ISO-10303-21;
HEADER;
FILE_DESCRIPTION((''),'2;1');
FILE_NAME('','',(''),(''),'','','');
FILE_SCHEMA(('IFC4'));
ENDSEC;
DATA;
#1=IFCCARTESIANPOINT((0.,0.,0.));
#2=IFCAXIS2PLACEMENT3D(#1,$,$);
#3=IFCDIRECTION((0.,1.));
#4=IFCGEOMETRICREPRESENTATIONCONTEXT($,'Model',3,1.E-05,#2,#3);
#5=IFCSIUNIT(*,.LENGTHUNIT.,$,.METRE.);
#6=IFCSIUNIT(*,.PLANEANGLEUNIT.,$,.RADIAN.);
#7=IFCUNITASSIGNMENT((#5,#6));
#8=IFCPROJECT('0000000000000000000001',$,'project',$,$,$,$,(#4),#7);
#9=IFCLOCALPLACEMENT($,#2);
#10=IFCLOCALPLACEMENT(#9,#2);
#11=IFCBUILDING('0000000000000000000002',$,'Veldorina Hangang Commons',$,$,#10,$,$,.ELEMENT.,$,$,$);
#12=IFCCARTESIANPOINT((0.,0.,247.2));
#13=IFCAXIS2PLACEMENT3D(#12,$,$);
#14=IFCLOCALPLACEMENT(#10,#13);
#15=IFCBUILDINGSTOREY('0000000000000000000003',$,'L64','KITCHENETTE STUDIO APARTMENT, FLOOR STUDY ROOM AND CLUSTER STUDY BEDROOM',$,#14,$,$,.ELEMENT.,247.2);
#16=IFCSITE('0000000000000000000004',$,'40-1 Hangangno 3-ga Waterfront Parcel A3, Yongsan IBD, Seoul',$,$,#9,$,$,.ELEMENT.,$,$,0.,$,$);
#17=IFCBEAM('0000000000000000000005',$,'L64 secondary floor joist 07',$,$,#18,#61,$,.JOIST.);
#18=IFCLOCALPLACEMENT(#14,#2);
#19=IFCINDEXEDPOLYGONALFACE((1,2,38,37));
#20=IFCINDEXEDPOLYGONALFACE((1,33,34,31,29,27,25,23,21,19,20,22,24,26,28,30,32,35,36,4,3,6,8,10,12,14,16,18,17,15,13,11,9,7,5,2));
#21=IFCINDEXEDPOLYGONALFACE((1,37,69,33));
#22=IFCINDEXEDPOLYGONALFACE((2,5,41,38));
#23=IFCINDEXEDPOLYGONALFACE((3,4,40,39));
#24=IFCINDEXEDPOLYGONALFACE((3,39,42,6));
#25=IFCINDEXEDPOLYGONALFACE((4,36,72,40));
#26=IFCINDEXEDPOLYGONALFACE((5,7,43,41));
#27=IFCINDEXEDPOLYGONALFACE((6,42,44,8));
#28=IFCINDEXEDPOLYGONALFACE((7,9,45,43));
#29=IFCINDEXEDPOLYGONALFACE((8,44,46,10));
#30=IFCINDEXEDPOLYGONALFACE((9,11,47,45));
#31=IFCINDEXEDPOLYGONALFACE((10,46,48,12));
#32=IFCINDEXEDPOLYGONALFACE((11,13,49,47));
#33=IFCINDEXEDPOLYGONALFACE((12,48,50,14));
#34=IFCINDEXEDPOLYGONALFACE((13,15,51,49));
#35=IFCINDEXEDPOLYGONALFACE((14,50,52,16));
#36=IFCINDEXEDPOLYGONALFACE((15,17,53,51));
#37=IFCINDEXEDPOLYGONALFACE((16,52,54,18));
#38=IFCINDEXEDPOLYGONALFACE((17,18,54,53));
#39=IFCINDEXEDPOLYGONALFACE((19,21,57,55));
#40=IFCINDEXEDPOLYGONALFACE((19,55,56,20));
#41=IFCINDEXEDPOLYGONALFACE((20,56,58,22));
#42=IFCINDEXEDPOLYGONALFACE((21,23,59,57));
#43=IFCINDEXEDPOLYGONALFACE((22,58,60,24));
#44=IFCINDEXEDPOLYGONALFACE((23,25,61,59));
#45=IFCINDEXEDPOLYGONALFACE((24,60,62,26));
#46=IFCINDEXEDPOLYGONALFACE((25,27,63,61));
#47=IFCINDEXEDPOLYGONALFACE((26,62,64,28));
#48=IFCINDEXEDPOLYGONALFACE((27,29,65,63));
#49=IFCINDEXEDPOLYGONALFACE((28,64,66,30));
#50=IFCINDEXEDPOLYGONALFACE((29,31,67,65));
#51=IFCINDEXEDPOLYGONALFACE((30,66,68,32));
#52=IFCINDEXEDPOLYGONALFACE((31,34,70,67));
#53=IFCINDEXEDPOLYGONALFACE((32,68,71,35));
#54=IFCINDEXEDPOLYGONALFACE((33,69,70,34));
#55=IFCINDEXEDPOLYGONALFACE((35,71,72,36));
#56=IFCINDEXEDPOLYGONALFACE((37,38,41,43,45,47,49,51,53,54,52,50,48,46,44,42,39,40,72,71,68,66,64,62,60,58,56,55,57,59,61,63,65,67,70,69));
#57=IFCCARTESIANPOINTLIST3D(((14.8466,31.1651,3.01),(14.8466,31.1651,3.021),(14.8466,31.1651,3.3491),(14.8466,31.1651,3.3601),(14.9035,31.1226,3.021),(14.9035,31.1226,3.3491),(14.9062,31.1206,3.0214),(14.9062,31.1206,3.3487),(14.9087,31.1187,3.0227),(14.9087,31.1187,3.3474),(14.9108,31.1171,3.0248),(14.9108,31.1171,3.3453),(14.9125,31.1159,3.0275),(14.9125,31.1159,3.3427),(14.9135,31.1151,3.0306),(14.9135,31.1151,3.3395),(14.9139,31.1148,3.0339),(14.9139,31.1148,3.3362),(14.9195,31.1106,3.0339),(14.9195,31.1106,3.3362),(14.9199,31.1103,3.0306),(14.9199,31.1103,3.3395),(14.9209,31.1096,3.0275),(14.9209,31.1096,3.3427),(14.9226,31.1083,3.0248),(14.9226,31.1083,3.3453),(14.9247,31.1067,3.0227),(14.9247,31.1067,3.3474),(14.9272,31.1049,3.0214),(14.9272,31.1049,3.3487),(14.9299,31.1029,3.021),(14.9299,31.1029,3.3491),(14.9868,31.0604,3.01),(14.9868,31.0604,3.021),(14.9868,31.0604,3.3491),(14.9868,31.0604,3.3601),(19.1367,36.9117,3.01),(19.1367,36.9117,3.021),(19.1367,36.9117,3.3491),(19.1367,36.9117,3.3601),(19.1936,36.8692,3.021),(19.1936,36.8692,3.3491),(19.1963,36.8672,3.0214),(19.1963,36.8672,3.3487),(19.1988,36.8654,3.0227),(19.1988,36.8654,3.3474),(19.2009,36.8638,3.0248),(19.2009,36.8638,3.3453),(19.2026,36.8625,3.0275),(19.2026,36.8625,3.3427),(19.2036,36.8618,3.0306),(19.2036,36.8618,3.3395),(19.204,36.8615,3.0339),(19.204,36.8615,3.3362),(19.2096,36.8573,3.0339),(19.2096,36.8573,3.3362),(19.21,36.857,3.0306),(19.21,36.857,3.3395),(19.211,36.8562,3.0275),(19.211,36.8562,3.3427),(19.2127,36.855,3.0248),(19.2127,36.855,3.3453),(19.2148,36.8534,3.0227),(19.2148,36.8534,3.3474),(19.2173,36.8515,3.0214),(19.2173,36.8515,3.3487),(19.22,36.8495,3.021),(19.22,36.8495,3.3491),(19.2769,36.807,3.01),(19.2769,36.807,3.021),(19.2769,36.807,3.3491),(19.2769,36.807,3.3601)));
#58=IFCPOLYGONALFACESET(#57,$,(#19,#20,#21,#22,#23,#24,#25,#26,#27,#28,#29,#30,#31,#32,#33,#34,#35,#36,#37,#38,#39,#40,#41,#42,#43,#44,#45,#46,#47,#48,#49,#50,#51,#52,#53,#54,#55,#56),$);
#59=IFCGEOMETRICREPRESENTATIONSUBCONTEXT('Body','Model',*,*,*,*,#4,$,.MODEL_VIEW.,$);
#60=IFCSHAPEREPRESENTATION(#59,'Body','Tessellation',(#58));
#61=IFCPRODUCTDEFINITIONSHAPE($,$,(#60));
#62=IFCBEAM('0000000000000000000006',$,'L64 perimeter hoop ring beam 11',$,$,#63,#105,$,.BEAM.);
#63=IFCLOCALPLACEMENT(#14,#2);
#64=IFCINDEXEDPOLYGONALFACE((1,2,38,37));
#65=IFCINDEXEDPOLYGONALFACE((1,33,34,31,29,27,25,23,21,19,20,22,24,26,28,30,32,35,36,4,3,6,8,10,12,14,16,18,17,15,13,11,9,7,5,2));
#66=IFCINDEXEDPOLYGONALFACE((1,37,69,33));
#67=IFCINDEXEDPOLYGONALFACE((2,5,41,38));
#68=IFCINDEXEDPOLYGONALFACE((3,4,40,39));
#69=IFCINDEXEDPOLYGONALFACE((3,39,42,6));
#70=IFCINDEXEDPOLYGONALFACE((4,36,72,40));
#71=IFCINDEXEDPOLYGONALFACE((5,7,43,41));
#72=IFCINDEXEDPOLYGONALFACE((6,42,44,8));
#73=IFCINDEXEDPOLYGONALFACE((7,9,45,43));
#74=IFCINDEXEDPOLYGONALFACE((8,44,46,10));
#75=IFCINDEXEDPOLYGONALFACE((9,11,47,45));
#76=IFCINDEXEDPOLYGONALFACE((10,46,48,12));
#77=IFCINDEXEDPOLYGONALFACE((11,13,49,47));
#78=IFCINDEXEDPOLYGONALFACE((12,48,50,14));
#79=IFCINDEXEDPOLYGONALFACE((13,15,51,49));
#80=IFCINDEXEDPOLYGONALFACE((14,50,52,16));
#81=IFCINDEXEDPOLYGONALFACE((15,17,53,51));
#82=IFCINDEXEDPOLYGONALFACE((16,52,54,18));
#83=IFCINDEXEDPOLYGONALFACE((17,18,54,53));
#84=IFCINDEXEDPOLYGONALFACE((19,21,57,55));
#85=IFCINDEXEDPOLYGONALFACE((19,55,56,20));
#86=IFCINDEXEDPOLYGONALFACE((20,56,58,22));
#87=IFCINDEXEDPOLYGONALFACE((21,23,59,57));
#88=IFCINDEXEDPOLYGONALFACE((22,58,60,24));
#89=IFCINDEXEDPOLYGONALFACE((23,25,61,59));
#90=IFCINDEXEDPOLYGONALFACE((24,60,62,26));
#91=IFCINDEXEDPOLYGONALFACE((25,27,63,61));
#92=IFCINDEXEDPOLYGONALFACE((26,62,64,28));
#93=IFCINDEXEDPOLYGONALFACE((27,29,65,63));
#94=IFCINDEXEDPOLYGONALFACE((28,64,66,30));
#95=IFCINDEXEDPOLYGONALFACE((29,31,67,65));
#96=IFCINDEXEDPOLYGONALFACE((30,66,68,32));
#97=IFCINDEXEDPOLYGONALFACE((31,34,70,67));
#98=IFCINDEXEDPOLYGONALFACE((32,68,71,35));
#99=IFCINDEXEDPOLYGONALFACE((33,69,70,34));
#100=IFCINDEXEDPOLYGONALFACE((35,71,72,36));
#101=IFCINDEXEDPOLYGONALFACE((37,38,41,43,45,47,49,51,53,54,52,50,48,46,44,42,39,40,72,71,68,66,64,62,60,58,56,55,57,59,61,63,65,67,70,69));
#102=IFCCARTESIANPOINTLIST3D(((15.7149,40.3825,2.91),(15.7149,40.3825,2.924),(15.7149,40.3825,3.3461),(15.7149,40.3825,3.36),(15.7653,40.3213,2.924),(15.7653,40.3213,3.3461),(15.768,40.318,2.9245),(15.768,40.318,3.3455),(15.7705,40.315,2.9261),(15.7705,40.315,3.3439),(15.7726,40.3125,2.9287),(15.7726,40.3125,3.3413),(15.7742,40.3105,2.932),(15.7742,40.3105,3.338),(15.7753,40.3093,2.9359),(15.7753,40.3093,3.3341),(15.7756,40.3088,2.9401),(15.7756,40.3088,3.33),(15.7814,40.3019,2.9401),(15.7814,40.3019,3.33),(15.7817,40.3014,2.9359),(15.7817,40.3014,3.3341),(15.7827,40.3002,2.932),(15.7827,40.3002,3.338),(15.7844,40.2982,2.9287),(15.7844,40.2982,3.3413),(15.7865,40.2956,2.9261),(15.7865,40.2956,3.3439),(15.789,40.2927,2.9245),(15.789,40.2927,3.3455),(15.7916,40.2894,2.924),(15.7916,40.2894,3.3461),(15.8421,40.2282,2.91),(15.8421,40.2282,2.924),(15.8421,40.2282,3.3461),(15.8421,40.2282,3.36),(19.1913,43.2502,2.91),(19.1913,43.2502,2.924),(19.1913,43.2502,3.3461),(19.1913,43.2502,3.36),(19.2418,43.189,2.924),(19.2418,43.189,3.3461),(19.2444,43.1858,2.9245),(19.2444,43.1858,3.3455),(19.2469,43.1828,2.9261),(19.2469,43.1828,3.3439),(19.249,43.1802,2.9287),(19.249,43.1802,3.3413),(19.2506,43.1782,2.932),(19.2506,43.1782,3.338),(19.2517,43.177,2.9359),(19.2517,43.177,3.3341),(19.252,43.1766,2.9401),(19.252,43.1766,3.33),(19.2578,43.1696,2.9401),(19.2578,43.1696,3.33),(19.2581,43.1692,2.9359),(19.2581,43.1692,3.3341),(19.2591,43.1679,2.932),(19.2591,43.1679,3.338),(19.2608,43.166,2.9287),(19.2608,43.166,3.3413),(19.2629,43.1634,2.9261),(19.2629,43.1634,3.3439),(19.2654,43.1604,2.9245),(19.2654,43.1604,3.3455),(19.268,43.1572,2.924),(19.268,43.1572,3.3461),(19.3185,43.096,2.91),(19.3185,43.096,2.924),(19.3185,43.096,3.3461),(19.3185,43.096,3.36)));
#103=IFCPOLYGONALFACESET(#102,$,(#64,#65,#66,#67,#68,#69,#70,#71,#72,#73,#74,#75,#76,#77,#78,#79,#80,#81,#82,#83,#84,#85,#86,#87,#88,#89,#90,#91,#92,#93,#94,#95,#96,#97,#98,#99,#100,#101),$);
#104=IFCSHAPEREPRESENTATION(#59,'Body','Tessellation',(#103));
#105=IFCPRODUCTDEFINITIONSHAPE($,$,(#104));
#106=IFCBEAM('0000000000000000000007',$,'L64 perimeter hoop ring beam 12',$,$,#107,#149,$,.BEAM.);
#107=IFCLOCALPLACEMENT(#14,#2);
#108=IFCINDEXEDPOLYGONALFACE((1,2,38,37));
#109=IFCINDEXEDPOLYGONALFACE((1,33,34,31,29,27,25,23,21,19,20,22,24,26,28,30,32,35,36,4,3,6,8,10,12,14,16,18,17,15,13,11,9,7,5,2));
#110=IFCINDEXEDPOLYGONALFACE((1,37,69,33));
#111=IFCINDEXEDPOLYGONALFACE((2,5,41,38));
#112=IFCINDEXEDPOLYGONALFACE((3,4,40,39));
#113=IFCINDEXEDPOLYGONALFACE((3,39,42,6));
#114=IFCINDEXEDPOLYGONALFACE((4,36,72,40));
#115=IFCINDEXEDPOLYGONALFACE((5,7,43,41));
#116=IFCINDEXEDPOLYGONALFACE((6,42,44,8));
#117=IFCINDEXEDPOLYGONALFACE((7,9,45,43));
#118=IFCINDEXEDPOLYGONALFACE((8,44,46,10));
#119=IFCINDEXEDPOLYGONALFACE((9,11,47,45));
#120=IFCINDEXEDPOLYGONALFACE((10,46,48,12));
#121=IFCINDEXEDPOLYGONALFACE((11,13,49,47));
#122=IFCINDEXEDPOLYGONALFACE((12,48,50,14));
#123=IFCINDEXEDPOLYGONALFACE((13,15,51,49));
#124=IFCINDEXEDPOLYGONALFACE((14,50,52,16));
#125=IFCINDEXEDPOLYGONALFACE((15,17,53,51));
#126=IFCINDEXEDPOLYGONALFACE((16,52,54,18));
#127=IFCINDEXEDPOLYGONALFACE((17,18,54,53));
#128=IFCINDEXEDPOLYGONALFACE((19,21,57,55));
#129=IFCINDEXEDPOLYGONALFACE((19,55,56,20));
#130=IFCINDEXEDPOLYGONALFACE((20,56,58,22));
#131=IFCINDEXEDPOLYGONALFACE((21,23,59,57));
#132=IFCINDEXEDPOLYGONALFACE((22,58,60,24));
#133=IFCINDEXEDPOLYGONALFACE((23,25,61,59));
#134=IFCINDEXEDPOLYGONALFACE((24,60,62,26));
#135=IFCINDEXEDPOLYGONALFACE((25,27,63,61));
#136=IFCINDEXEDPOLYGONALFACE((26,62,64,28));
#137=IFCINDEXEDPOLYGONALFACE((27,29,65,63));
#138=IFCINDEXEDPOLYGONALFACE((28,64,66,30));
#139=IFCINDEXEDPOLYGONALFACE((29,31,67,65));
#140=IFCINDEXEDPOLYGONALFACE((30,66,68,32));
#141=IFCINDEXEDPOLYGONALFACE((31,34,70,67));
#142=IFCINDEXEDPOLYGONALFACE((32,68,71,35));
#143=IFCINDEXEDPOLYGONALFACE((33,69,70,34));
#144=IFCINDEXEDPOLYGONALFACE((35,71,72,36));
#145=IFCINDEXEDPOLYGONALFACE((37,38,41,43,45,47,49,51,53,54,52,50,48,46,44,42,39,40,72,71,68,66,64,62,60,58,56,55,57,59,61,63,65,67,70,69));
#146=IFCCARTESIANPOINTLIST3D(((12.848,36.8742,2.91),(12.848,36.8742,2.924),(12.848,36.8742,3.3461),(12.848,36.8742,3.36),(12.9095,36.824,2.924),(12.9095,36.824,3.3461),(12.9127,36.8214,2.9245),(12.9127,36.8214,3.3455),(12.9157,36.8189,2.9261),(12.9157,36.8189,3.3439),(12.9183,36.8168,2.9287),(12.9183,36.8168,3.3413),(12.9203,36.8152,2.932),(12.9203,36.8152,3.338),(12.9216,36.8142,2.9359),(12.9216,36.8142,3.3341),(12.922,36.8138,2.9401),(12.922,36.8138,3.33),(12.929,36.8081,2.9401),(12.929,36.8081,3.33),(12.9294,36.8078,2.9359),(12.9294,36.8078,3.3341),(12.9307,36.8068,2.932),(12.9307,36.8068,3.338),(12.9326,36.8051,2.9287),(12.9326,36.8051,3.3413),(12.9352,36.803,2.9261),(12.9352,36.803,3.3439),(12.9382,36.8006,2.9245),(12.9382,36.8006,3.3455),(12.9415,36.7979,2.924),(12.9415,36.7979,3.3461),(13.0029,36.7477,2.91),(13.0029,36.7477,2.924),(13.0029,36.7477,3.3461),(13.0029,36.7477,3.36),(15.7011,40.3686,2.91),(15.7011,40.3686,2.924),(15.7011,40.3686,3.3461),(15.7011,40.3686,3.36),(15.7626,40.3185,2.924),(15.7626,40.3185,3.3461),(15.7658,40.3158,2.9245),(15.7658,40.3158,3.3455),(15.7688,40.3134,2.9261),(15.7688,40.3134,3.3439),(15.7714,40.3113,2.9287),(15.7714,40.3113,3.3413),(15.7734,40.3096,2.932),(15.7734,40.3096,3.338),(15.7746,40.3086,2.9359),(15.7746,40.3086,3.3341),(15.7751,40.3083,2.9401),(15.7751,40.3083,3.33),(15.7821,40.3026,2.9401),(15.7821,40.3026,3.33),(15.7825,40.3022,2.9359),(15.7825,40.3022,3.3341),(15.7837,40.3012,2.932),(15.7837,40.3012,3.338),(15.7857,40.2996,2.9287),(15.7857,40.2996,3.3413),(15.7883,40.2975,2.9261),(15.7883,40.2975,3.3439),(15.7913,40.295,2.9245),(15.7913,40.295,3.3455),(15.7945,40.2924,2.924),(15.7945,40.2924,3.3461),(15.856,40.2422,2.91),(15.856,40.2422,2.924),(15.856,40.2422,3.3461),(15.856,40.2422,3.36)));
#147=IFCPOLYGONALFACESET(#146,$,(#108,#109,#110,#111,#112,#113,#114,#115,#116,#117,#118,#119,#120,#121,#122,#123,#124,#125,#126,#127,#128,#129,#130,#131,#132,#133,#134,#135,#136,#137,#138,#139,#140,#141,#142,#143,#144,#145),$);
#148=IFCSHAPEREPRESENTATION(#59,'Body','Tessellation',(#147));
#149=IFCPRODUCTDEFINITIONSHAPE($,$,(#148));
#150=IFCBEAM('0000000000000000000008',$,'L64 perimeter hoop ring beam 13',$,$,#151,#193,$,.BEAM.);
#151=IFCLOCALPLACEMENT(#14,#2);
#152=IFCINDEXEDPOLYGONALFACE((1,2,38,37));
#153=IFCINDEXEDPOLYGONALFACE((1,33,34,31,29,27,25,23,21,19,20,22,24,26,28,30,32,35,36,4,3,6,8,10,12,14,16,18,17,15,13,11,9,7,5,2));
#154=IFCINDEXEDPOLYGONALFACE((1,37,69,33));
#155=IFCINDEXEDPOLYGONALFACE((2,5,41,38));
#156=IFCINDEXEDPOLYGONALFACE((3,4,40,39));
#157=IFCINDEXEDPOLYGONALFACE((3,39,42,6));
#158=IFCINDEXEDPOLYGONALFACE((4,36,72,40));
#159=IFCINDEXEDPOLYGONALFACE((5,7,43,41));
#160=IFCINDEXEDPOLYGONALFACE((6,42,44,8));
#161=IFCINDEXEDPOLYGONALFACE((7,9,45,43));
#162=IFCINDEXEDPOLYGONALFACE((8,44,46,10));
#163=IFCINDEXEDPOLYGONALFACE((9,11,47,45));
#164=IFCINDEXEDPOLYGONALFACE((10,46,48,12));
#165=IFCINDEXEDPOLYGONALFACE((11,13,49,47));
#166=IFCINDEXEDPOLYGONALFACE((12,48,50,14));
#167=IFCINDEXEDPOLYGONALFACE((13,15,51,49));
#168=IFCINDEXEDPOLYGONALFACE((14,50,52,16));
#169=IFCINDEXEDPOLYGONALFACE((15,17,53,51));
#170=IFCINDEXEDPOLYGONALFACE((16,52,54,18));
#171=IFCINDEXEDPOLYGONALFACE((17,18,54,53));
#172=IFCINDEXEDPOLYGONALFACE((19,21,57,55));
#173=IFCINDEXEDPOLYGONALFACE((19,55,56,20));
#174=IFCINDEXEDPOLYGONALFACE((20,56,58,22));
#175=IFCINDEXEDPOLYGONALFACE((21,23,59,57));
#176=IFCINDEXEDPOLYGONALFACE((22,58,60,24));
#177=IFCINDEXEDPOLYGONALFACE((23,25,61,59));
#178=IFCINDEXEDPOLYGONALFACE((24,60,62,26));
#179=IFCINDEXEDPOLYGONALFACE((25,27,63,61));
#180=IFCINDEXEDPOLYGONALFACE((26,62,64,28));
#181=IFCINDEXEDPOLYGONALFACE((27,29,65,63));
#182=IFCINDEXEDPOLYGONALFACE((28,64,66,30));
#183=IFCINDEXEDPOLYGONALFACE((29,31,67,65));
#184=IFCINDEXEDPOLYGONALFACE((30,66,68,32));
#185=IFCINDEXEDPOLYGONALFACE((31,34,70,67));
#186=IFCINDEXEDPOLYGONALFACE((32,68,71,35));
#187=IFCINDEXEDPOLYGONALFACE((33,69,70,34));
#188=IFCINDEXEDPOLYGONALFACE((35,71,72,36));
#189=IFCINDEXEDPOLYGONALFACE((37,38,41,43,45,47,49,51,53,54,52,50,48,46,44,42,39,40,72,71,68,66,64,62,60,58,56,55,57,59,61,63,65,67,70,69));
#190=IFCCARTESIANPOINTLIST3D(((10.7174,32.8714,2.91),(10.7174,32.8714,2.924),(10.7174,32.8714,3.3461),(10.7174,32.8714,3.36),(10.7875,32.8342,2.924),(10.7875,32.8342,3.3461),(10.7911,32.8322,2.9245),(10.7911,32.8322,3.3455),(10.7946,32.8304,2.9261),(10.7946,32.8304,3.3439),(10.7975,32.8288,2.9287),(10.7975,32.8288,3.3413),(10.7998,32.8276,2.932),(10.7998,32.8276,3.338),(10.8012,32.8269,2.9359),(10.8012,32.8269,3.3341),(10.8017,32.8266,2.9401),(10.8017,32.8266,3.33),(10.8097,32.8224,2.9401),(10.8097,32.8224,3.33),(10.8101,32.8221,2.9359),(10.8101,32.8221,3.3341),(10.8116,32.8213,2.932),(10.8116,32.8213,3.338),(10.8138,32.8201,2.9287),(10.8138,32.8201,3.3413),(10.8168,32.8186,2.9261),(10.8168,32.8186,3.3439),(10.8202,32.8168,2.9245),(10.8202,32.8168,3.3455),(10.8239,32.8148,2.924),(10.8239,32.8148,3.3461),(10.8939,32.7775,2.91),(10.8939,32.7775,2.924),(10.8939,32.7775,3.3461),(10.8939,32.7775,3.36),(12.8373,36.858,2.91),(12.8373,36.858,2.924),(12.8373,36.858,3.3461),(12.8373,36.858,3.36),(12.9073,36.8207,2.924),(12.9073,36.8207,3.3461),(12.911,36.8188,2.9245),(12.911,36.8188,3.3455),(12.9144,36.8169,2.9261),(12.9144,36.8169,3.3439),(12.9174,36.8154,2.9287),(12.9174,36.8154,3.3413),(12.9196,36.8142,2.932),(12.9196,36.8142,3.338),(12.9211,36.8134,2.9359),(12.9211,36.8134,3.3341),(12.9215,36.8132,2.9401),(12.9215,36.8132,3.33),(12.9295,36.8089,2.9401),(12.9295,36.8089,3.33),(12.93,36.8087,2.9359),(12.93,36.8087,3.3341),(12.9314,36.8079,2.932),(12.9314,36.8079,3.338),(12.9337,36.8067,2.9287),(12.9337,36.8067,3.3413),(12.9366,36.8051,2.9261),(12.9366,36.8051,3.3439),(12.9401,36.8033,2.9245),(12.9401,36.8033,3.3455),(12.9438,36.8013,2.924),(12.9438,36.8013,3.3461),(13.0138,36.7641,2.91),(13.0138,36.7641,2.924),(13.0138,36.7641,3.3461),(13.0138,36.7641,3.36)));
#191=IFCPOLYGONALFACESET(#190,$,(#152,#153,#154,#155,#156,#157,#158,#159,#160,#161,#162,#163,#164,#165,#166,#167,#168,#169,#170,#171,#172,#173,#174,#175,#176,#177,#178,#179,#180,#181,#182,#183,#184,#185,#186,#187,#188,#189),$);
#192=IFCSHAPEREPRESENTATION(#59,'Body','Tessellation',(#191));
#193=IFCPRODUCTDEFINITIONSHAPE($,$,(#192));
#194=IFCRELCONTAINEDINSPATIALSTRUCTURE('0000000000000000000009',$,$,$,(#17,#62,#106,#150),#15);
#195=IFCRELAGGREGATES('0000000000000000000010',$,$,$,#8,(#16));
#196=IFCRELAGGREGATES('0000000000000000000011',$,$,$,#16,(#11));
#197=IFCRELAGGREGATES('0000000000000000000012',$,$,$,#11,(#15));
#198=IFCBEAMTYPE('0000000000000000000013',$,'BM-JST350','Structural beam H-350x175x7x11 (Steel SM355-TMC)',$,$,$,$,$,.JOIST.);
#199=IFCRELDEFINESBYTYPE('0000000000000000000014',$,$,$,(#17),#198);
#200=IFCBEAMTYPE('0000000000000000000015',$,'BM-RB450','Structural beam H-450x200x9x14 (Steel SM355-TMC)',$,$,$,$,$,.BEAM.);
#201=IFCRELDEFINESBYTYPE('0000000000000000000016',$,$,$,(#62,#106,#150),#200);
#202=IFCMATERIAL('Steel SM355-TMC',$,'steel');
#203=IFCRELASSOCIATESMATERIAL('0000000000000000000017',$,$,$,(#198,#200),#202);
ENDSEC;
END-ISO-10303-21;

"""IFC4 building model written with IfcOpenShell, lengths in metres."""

from ifc_helpers import new_model, si_unit, direction, frame, origin, origin_2d, place, context, subcontext, project, spatial, i_section, extrude, material, material_profile, profile_set, type_object, element, save


model = new_model("IFC4")

# Units and contexts
model_context = context("Model", 3, precision=1e-05, world=origin(), true_north=direction((0.0, 1.0)))
body_context = subcontext(model_context, "Body", "Model", "MODEL_VIEW")
ifc_project = project(units=[si_unit("LENGTHUNIT", "METRE"), si_unit("PLANEANGLEUNIT", "RADIAN")], contexts=[model_context])

# Site, building, storey
site_placement = place(None, origin())
site = spatial("IfcSite", under=ifc_project, at=site_placement, Name="40-1 Hangangno 3-ga Waterfront Parcel A3, Yongsan IBD, Seoul", CompositionType="ELEMENT", RefElevation=0.0)
building_placement = place(site_placement, origin())
building = spatial("IfcBuilding", under=site, at=building_placement, Name="Veldorina Hangang Commons", CompositionType="ELEMENT")
storey_placement = place(building_placement, frame((0.0, 0.0, 247.2)))
storey = spatial("IfcBuildingStorey", under=building, at=storey_placement, Name="L64", Description="KITCHENETTE STUDIO APARTMENT, FLOOR STUDY ROOM AND CLUSTER STUDY BEDROOM", CompositionType="ELEMENT", Elevation=247.2)

# Beams
ifc_material_1 = material(Name="Steel SM355-TMC", Category="steel")
ifc_material_profile_1 = material_profile(ifc_material_1, i_section(OverallWidth=0.175, OverallDepth=0.3501, WebThickness=0.0071, FlangeThickness=0.011, FilletRadius=0.0129, at=origin_2d()), Name="H-350x175x7x11")
ifc_profile_set_1 = profile_set([ifc_material_profile_1], Name="Steel SM355-TMC")
beam_type_1 = type_object("IfcBeamType", Name="BM-JST350", Description="Structural beam H-350x175x7x11 (Steel SM355-TMC)", PredefinedType="JOIST", material=ifc_profile_set_1)
beam_1_placement = place(storey_placement, frame((19.2068, 36.8594, 3.1851), z_axis=(-0.598223, -0.80133, 0.0), x_axis=(0.80133, -0.598223, 0.0)))
element("IfcBeam", 1, at=beam_1_placement, inside=storey, type_object=beam_type_1, Name="L64 secondary floor joist 07", PredefinedType="JOIST", context=body_context, shape_type="SweptSolid", body=[
    extrude(i_section(OverallWidth=0.175, OverallDepth=0.3501, WebThickness=0.0071, FlangeThickness=0.011, FilletRadius=0.0129, at=origin_2d()), origin(), (0.0, 0.0, 1.0), 7.1714),
])
ifc_material_profile_2 = material_profile(ifc_material_1, i_section(OverallWidth=0.2, OverallDepth=0.45, WebThickness=0.009, FlangeThickness=0.0139, FilletRadius=0.0161, at=origin_2d()), Name="H-450x200x9x14")
ifc_profile_set_2 = profile_set([ifc_material_profile_2], Name="Steel SM355-TMC")
beam_type_2 = type_object("IfcBeamType", Name="BM-RB450", Description="Structural beam H-450x200x9x14 (Steel SM355-TMC)", PredefinedType="BEAM", material=ifc_profile_set_2)
beam_2_placement = place(storey_placement, frame((19.2549, 43.1731, 3.135), z_axis=(-0.771405, -0.636345, 0.0), x_axis=(0.636345, -0.771405, 0.0)))
element("IfcBeam", 2, at=beam_2_placement, inside=storey, type_object=beam_type_2, Name="L64 perimeter hoop ring beam 11", PredefinedType="BEAM", context=body_context, shape_type="SweptSolid", body=[
    extrude(i_section(OverallWidth=0.2, OverallDepth=0.45, WebThickness=0.009, FlangeThickness=0.0139, FilletRadius=0.0161, at=origin_2d()), origin(), (0.0, 0.0, 1.0), 4.5066),
])
beam_3_placement = place(storey_placement, frame((15.7786, 40.3054, 3.135), z_axis=(-0.632439, -0.77461, 0.0), x_axis=(0.77461, -0.632439, 0.0)))
element("IfcBeam", 3, at=beam_3_placement, inside=storey, type_object=beam_type_2, Name="L64 perimeter hoop ring beam 12", PredefinedType="BEAM", context=body_context, shape_type="SweptSolid", body=[
    extrude(i_section(OverallWidth=0.2, OverallDepth=0.45, WebThickness=0.009, FlangeThickness=0.0139, FilletRadius=0.0161, at=origin_2d()), origin(), (0.0, 0.0, 1.0), 4.5112),
])
beam_4_placement = place(storey_placement, frame((12.9255, 36.811, 3.135), z_axis=(-0.469502, -0.882932, 0.0), x_axis=(0.882932, -0.469502, 0.0)))
element("IfcBeam", 4, at=beam_4_placement, inside=storey, type_object=beam_type_2, Name="L64 perimeter hoop ring beam 13", PredefinedType="BEAM", context=body_context, shape_type="SweptSolid", body=[
    extrude(i_section(OverallWidth=0.2, OverallDepth=0.45, WebThickness=0.009, FlangeThickness=0.0139, FilletRadius=0.0161, at=origin_2d()), origin(), (0.0, 0.0, 1.0), 4.5151),
])

save(model, "model.ifc")
